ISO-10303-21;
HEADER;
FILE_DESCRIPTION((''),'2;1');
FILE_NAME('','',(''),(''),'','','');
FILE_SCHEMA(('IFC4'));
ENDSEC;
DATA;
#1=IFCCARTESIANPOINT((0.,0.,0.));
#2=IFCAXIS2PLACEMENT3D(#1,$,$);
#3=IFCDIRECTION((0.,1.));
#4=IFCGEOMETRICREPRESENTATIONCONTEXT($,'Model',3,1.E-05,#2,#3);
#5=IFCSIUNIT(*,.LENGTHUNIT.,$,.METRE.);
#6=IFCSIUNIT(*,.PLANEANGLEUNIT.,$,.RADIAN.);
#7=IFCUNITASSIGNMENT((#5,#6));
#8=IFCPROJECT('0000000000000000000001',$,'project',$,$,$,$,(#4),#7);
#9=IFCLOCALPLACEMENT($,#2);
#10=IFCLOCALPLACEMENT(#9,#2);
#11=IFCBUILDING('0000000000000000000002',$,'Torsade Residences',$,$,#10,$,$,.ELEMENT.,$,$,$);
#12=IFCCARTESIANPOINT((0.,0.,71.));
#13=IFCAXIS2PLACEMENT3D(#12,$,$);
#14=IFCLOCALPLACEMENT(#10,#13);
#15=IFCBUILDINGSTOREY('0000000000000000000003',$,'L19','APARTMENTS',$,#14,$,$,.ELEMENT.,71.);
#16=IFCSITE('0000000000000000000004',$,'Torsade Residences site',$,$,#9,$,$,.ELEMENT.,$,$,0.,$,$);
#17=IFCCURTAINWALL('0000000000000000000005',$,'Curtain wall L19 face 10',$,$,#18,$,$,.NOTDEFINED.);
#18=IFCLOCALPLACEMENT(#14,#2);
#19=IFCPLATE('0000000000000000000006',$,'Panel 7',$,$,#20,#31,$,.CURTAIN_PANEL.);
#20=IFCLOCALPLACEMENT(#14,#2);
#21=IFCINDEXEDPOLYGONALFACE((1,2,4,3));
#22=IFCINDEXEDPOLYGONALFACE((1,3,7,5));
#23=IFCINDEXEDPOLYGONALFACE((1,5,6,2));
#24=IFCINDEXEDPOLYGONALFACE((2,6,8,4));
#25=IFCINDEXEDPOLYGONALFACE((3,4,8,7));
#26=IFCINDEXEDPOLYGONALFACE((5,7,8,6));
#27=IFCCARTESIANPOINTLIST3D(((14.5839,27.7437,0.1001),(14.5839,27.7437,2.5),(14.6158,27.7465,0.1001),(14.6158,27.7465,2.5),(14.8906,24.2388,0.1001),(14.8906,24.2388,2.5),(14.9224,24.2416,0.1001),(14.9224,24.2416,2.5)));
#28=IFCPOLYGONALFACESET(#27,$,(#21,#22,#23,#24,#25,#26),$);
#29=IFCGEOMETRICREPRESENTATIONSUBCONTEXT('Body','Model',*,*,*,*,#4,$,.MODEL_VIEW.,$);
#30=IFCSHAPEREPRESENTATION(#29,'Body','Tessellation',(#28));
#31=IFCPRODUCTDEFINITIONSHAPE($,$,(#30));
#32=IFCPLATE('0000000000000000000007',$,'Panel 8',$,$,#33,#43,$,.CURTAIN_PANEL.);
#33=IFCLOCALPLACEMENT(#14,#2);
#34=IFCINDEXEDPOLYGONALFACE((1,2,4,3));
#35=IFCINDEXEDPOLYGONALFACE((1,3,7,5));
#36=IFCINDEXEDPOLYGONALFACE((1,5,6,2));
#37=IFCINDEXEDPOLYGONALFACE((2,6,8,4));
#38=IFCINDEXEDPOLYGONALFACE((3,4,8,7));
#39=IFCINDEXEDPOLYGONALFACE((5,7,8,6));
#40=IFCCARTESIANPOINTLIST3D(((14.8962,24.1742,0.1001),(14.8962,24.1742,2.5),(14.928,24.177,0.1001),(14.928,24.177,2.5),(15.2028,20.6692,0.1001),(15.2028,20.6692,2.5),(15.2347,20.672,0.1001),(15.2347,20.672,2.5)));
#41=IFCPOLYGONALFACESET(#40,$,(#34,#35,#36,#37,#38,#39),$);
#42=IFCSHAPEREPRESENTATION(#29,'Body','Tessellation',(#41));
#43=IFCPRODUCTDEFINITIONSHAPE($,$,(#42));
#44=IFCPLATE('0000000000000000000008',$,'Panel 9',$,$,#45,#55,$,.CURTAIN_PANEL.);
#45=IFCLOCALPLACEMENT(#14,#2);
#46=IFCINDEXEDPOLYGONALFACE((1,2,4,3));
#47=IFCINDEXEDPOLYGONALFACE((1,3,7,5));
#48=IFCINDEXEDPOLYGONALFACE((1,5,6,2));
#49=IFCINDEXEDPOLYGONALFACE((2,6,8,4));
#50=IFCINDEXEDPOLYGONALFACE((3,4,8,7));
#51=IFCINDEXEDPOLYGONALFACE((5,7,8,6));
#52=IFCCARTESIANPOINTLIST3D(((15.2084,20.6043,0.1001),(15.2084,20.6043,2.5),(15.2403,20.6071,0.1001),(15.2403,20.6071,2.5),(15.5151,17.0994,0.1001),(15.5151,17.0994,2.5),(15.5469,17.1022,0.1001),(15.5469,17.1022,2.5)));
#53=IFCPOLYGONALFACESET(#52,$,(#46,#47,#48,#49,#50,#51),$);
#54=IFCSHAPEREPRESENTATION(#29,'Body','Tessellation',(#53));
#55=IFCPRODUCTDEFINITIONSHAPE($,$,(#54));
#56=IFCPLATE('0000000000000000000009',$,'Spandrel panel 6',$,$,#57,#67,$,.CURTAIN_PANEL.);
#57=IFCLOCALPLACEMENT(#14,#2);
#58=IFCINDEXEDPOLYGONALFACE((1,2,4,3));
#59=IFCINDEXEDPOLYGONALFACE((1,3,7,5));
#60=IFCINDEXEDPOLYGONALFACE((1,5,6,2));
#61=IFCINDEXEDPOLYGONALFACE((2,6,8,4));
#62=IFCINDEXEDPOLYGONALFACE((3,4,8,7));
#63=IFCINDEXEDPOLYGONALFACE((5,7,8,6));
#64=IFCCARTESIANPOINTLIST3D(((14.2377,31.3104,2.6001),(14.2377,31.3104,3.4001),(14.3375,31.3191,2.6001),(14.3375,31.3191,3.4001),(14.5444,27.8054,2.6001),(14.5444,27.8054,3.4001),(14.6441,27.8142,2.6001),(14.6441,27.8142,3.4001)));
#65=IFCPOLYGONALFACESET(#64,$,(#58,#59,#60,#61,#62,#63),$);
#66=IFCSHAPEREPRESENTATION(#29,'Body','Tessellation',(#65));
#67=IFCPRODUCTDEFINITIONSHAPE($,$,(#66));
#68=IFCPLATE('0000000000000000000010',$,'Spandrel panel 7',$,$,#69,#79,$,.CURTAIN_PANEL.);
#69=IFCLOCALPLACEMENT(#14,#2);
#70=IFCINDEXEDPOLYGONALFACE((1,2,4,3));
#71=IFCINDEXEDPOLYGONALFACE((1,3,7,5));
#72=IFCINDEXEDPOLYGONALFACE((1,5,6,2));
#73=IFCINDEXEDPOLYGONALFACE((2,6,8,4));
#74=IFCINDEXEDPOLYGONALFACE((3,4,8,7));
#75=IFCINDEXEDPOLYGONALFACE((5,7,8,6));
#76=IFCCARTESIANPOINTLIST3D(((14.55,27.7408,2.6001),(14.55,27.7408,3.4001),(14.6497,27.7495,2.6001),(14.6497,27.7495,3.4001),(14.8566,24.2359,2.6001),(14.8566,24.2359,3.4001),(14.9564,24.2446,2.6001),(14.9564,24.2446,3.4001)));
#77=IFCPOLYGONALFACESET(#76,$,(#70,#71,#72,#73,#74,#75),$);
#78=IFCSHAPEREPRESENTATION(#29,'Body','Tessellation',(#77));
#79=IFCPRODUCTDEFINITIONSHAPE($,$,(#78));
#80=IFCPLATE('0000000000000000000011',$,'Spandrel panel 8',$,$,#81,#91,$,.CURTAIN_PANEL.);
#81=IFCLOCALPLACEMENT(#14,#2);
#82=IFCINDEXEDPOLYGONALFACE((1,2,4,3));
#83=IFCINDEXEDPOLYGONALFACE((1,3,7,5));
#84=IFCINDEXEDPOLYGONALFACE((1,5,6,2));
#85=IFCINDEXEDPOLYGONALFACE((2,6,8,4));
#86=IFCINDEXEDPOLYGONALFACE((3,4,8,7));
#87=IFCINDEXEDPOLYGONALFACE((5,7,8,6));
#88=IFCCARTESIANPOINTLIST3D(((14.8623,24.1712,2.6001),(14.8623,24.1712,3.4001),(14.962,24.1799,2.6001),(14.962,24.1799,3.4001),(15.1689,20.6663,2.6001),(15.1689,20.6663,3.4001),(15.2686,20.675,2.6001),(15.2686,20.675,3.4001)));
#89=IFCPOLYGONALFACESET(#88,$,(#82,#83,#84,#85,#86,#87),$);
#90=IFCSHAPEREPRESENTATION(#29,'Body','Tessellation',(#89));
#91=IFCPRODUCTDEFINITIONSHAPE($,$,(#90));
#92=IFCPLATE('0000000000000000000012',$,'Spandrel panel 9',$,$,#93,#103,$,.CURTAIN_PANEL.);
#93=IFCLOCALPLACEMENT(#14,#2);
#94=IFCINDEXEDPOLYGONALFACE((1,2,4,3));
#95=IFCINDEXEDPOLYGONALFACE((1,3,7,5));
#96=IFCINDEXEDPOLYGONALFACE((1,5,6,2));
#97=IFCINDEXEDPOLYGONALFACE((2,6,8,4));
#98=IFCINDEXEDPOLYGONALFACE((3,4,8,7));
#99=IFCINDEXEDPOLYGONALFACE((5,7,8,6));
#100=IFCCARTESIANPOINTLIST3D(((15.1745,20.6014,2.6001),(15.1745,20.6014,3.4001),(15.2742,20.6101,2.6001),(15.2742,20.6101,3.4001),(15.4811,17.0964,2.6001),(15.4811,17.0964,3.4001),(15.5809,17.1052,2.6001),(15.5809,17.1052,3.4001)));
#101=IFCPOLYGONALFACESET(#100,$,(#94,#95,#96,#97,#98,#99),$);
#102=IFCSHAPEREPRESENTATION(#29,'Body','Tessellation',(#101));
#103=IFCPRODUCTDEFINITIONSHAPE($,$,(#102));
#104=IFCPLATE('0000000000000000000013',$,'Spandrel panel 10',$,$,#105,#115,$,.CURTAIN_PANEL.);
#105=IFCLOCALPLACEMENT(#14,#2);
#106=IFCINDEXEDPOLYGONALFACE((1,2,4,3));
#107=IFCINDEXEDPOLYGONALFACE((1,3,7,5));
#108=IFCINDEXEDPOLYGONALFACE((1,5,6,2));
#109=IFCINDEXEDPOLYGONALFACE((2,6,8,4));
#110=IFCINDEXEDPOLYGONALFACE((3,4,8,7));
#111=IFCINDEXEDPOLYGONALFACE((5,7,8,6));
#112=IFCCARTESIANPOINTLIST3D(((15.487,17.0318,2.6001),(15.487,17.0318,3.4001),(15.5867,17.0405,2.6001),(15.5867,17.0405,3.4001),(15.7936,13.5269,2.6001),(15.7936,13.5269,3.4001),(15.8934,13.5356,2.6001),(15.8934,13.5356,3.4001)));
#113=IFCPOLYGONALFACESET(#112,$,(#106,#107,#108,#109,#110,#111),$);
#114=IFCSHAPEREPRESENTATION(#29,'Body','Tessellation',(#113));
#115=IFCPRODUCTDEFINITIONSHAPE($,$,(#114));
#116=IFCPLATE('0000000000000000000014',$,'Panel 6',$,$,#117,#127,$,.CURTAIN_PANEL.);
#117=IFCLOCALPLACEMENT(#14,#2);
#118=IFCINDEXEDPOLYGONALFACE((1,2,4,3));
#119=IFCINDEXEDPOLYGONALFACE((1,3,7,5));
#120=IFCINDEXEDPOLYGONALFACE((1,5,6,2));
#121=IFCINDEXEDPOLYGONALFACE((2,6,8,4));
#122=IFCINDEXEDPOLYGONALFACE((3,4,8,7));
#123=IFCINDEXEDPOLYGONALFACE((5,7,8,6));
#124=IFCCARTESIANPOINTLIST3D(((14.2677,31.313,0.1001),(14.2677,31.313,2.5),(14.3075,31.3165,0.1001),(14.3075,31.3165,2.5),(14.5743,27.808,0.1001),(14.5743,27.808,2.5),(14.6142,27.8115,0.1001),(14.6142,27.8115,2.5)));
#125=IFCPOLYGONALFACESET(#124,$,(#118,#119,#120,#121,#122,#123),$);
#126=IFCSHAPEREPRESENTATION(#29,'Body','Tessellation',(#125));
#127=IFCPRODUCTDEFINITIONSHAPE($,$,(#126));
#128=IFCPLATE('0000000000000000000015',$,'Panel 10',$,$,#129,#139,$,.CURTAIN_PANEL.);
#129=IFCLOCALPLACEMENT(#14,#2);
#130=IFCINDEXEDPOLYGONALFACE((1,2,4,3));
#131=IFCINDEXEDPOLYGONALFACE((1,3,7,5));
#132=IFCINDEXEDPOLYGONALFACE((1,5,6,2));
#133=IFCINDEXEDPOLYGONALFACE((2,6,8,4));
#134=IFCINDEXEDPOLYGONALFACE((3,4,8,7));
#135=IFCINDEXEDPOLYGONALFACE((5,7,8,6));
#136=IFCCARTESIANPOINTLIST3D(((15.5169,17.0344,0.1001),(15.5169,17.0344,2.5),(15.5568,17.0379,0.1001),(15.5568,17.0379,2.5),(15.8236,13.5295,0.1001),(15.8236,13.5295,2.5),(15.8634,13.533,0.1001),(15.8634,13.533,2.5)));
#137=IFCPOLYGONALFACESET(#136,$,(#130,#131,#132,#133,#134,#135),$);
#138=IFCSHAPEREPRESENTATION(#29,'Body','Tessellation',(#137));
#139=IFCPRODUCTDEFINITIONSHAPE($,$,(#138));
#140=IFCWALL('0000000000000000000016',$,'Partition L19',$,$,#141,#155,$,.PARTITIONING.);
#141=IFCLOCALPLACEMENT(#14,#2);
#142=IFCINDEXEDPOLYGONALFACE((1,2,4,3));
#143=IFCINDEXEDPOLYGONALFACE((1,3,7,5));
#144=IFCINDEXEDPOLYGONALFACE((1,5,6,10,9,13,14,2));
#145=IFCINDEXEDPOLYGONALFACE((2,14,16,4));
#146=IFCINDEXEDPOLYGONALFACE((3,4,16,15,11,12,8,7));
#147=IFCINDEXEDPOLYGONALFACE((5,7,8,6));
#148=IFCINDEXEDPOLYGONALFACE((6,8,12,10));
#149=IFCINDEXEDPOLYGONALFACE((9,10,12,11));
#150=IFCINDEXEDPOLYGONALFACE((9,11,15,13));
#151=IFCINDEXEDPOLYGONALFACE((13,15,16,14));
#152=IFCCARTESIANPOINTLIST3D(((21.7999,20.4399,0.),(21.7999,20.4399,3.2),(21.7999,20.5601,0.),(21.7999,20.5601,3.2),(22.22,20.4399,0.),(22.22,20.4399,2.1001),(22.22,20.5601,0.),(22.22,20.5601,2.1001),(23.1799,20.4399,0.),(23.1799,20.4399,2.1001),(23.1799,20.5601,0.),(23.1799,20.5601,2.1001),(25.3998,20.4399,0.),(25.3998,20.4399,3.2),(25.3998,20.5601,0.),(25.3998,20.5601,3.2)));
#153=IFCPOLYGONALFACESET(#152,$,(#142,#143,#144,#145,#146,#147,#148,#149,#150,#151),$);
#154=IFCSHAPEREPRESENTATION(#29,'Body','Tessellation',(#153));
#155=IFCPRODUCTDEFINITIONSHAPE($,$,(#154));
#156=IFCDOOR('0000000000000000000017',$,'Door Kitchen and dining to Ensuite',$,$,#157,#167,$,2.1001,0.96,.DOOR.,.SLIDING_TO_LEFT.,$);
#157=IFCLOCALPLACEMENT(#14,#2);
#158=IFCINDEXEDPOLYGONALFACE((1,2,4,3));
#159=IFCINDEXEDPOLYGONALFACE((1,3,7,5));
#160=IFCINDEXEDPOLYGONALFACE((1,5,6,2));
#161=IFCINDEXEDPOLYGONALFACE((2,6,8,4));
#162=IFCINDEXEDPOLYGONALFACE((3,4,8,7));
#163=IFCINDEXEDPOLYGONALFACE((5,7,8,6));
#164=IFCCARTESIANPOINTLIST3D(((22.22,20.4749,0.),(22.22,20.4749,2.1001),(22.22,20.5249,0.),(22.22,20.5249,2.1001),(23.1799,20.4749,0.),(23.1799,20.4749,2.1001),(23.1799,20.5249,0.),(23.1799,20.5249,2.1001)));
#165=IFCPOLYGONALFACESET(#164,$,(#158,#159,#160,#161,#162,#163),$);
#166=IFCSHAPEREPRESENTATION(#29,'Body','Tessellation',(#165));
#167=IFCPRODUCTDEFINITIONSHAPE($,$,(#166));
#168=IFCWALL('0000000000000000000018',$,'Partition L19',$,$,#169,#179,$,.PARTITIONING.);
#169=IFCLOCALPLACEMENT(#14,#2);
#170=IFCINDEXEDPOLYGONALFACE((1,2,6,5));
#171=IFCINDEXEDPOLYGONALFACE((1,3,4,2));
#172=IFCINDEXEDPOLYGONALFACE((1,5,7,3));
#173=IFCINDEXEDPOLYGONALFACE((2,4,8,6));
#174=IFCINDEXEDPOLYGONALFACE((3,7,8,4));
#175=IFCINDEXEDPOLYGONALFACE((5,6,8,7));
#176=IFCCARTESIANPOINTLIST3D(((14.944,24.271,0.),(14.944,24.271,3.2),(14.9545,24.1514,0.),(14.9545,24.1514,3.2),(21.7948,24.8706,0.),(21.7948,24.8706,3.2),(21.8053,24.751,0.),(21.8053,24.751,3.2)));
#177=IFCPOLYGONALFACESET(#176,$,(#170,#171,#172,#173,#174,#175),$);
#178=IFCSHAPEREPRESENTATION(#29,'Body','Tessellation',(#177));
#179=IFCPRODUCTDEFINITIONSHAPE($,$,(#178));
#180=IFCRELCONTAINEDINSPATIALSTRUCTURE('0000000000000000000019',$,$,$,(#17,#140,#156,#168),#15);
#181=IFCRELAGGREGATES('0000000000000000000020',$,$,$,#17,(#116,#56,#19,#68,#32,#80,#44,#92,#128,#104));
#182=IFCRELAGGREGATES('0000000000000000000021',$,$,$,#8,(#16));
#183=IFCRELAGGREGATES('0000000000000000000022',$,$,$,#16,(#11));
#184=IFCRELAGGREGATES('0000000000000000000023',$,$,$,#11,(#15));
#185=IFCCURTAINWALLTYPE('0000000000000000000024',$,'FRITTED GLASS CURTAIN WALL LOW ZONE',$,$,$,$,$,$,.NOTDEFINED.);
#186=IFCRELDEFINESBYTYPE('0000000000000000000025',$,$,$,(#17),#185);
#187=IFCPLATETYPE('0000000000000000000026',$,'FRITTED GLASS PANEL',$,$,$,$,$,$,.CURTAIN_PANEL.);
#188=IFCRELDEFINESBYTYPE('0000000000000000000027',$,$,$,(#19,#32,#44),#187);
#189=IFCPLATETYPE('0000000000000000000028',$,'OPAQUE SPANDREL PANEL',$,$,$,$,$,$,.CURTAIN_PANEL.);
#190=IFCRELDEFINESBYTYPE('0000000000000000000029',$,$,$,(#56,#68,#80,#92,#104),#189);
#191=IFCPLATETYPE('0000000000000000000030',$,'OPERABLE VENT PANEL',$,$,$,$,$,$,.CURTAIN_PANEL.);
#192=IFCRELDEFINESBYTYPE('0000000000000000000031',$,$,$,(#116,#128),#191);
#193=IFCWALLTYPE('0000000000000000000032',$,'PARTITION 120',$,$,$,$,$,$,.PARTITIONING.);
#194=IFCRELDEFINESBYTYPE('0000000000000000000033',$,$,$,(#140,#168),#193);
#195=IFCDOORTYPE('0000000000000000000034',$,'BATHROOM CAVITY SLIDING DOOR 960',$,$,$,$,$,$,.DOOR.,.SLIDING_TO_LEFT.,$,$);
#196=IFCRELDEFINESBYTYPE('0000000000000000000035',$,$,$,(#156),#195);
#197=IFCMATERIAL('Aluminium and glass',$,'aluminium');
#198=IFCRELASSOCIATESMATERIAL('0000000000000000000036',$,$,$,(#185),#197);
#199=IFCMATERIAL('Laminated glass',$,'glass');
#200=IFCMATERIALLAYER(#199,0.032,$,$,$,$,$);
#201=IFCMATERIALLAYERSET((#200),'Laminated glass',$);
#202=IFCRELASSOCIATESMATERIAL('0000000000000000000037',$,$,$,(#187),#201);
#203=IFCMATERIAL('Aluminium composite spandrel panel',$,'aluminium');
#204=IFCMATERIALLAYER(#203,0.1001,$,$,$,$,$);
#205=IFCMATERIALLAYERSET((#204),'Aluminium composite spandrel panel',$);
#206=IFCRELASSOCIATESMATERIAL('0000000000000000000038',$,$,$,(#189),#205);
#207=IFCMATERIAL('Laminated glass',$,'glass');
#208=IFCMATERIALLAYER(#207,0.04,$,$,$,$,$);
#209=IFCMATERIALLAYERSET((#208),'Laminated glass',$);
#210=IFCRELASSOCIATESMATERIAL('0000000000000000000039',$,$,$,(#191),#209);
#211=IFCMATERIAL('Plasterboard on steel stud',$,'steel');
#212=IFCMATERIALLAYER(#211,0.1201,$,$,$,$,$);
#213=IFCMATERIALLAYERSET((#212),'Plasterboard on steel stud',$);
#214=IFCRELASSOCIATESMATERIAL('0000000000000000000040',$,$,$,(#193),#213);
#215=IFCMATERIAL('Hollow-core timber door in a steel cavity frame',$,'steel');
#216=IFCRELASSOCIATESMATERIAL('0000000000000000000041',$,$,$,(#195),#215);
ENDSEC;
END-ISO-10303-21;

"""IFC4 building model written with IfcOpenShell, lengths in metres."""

from ifc_helpers import new_model, si_unit, direction, frame, frame_2d, origin, origin_2d, place, context, subcontext, project, spatial, rectangle, extrude, material, layer, layer_set, type_object, element, fill, aggregate, save


model = new_model("IFC4")

# Units and contexts
model_context = context("Model", 3, precision=1e-05, world=origin(), true_north=direction((0.0, 1.0)))
body_context = subcontext(model_context, "Body", "Model", "MODEL_VIEW")
ifc_project = project(units=[si_unit("LENGTHUNIT", "METRE"), si_unit("PLANEANGLEUNIT", "RADIAN")], contexts=[model_context])

# Site, building, storey
site_placement = place(None, origin())
site = spatial("IfcSite", under=ifc_project, at=site_placement, Name="Torsade Residences site", CompositionType="ELEMENT", RefElevation=0.0)
building_placement = place(site_placement, origin())
building = spatial("IfcBuilding", under=site, at=building_placement, Name="Torsade Residences", CompositionType="ELEMENT")
storey_placement = place(building_placement, frame((0.0, 0.0, 71.0)))
storey = spatial("IfcBuildingStorey", under=building, at=storey_placement, Name="L19", Description="APARTMENTS", CompositionType="ELEMENT", Elevation=71.0)

# Curtain wall
ifc_material_1 = material(Name="Aluminium and glass", Category="aluminium")
curtain_wall_type = type_object("IfcCurtainWallType", Name="FRITTED GLASS CURTAIN WALL LOW ZONE", PredefinedType="NOTDEFINED", material=ifc_material_1)
curtain_wall_placement = place(storey_placement, origin())
curtain_wall = element("IfcCurtainWall", 1, at=curtain_wall_placement, inside=storey, type_object=curtain_wall_type, Name="Curtain wall L19 face 10", PredefinedType="NOTDEFINED")

# Plates
ifc_material_2 = material(Name="Laminated glass", Category="glass")
ifc_layer_1 = layer(ifc_material_2, 0.032)
ifc_layer_set_1 = layer_set([ifc_layer_1], Name="Laminated glass")
plate_type_1 = type_object("IfcPlateType", Name="FRITTED GLASS PANEL", PredefinedType="CURTAIN_PANEL", material=ifc_layer_set_1)
plate_1_placement = place(storey_placement, frame((14.7532, 25.9927, 0.1001), z_axis=(0.0, 0.0, 1.0), x_axis=(0.087156, -0.996195, 0.0)))
plate_1 = element("IfcPlate", 2, at=plate_1_placement, type_object=plate_type_1, Name="Panel 7", PredefinedType="CURTAIN_PANEL", context=body_context, shape_type="SweptSolid", body=[
    extrude(rectangle(XDim=3.5183, YDim=0.032, at=origin_2d()), origin(), (0.0, 0.0, 1.0), 2.3999),
])
plate_2_placement = place(storey_placement, frame((15.0654, 22.4231, 0.1001), z_axis=(0.0, 0.0, 1.0), x_axis=(0.087156, -0.996195, 0.0)))
plate_2 = element("IfcPlate", 3, at=plate_2_placement, type_object=plate_type_1, Name="Panel 8", PredefinedType="CURTAIN_PANEL", context=body_context, shape_type="SweptSolid", body=[
    extrude(rectangle(XDim=3.5183, YDim=0.032, at=origin_2d()), origin(), (0.0, 0.0, 1.0), 2.3999),
])
plate_3_placement = place(storey_placement, frame((15.3777, 18.8533, 0.1001), z_axis=(0.0, 0.0, 1.0), x_axis=(0.087156, -0.996195, 0.0)))
plate_3 = element("IfcPlate", 4, at=plate_3_placement, type_object=plate_type_1, Name="Panel 9", PredefinedType="CURTAIN_PANEL", context=body_context, shape_type="SweptSolid", body=[
    extrude(rectangle(XDim=3.5183, YDim=0.032, at=origin_2d()), origin(), (0.0, 0.0, 1.0), 2.3999),
])
ifc_material_3 = material(Name="Aluminium composite spandrel panel", Category="aluminium")
ifc_layer_2 = layer(ifc_material_3, 0.1001)
ifc_layer_set_2 = layer_set([ifc_layer_2], Name="Aluminium composite spandrel panel")
plate_type_2 = type_object("IfcPlateType", Name="OPAQUE SPANDREL PANEL", PredefinedType="CURTAIN_PANEL", material=ifc_layer_set_2)
plate_4_placement = place(storey_placement, frame((14.4409, 29.5623, 2.6001), z_axis=(0.0, 0.0, 1.0), x_axis=(0.087156, -0.996195, 0.0)))
plate_4 = element("IfcPlate", 5, at=plate_4_placement, type_object=plate_type_2, Name="Spandrel panel 6", PredefinedType="CURTAIN_PANEL", context=body_context, shape_type="SweptSolid", body=[
    extrude(rectangle(XDim=3.5183, YDim=0.1001, at=origin_2d()), origin(), (0.0, 0.0, 1.0), 0.8),
])
plate_5_placement = place(storey_placement, frame((14.7532, 25.9927, 2.6001), z_axis=(0.0, 0.0, 1.0), x_axis=(0.087156, -0.996195, 0.0)))
plate_5 = element("IfcPlate", 6, at=plate_5_placement, type_object=plate_type_2, Name="Spandrel panel 7", PredefinedType="CURTAIN_PANEL", context=body_context, shape_type="SweptSolid", body=[
    extrude(rectangle(XDim=3.5183, YDim=0.1001, at=origin_2d()), origin(), (0.0, 0.0, 1.0), 0.8),
])
plate_6_placement = place(storey_placement, frame((15.0654, 22.4231, 2.6001), z_axis=(0.0, 0.0, 1.0), x_axis=(0.087156, -0.996195, 0.0)))
plate_6 = element("IfcPlate", 7, at=plate_6_placement, type_object=plate_type_2, Name="Spandrel panel 8", PredefinedType="CURTAIN_PANEL", context=body_context, shape_type="SweptSolid", body=[
    extrude(rectangle(XDim=3.5183, YDim=0.1001, at=origin_2d()), origin(), (0.0, 0.0, 1.0), 0.8),
])
plate_7_placement = place(storey_placement, frame((15.3777, 18.8533, 2.6001), z_axis=(0.0, 0.0, 1.0), x_axis=(0.087156, -0.996195, 0.0)))
plate_7 = element("IfcPlate", 8, at=plate_7_placement, type_object=plate_type_2, Name="Spandrel panel 9", PredefinedType="CURTAIN_PANEL", context=body_context, shape_type="SweptSolid", body=[
    extrude(rectangle(XDim=3.5183, YDim=0.1001, at=origin_2d()), origin(), (0.0, 0.0, 1.0), 0.8),
])
plate_8_placement = place(storey_placement, frame((15.6902, 15.2837, 2.6001), z_axis=(0.0, 0.0, 1.0), x_axis=(0.087156, -0.996195, 0.0)))
plate_8 = element("IfcPlate", 9, at=plate_8_placement, type_object=plate_type_2, Name="Spandrel panel 10", PredefinedType="CURTAIN_PANEL", context=body_context, shape_type="SweptSolid", body=[
    extrude(rectangle(XDim=3.5183, YDim=0.1001, at=origin_2d()), origin(), (0.0, 0.0, 1.0), 0.8),
])
ifc_material_4 = material(Name="Laminated glass", Category="glass")
ifc_layer_3 = layer(ifc_material_4, 0.04)
ifc_layer_set_3 = layer_set([ifc_layer_3], Name="Laminated glass")
plate_type_3 = type_object("IfcPlateType", Name="OPERABLE VENT PANEL", PredefinedType="CURTAIN_PANEL", material=ifc_layer_set_3)
plate_9_placement = place(storey_placement, frame((14.4409, 29.5623, 0.1001), z_axis=(0.0, 0.0, 1.0), x_axis=(0.087156, -0.996195, 0.0)))
plate_9 = element("IfcPlate", 10, at=plate_9_placement, type_object=plate_type_3, Name="Panel 6", PredefinedType="CURTAIN_PANEL", context=body_context, shape_type="SweptSolid", body=[
    extrude(rectangle(XDim=3.5183, YDim=0.04, at=origin_2d()), origin(), (0.0, 0.0, 1.0), 2.3999),
])
plate_10_placement = place(storey_placement, frame((15.6902, 15.2837, 0.1001), z_axis=(0.0, 0.0, 1.0), x_axis=(0.087156, -0.996195, 0.0)))
plate_10 = element("IfcPlate", 11, at=plate_10_placement, type_object=plate_type_3, Name="Panel 10", PredefinedType="CURTAIN_PANEL", context=body_context, shape_type="SweptSolid", body=[
    extrude(rectangle(XDim=3.5183, YDim=0.04, at=origin_2d()), origin(), (0.0, 0.0, 1.0), 2.3999),
])
aggregate(curtain_wall, [plate_9, plate_4, plate_1, plate_5, plate_2, plate_6, plate_3, plate_7, plate_10, plate_8])

# Wall, opening, door
ifc_material_5 = material(Name="Plasterboard on steel stud", Category="steel")
ifc_layer_4 = layer(ifc_material_5, 0.1201)
ifc_layer_set_4 = layer_set([ifc_layer_4], Name="Plasterboard on steel stud")
wall_type_1 = type_object("IfcWallType", Name="PARTITION 120", PredefinedType="PARTITIONING", material=ifc_layer_set_4)
wall_1_placement = place(storey_placement, frame((21.8, 20.5, 0.0), z_axis=(0.0, 0.0, 1.0), x_axis=(1.0, 0.0, 0.0)))
wall_1 = element("IfcWall", 12, at=wall_1_placement, inside=storey, type_object=wall_type_1, Name="Partition L19", PredefinedType="PARTITIONING", context=body_context, shape_type="SweptSolid", body=[
    extrude(rectangle(XDim=3.5999, YDim=0.1201, at=frame_2d((1.7998, 0.0))), origin(), (0.0, 0.0, 1.0), 3.2),
])
opening_placement = place(wall_1_placement, frame((0.4199, 0.0, 0.0)))
opening = element("IfcOpeningElement", 13, at=opening_placement, cuts=wall_1, PredefinedType="OPENING", context=body_context, shape_type="SweptSolid", body=[
    extrude(rectangle(XDim=0.96, YDim=2.1001, at=frame_2d((0.48, 1.05))), frame((0.0, 0.0701, 0.0), z_axis=(0.0, -1.0, 0.0), x_axis=(1.0, 0.0, 0.0)), (0.0, 0.0, 1.0), 0.1401),
])
ifc_material_6 = material(Name="Hollow-core timber door in a steel cavity frame", Category="steel")
door_type = type_object("IfcDoorType", Name="BATHROOM CAVITY SLIDING DOOR 960", OperationType="SLIDING_TO_LEFT", PredefinedType="DOOR", material=ifc_material_6)
door_placement = place(opening_placement, origin())
door = element("IfcDoor", 14, at=door_placement, inside=storey, type_object=door_type, Name="Door Kitchen and dining to Ensuite", OperationType="SLIDING_TO_LEFT", OverallHeight=2.1001, OverallWidth=0.96, PredefinedType="DOOR", context=body_context, shape_type="SweptSolid", body=[
    extrude(rectangle(XDim=0.96, YDim=2.1001, at=frame_2d((0.48, 1.05))), frame((0.0, 0.0249, 0.0), z_axis=(0.0, -1.0, 0.0), x_axis=(1.0, 0.0, 0.0)), (0.0, 0.0, 1.0), 0.05),
])
fill(opening, door)

# Wall
wall_2_placement = place(storey_placement, frame((21.8, 24.8108, 0.0), z_axis=(0.0, 0.0, 1.0), x_axis=(-0.996192, -0.08719, 0.0)))
element("IfcWall", 15, at=wall_2_placement, inside=storey, type_object=wall_type_1, Name="Partition L19", PredefinedType="PARTITIONING", context=body_context, shape_type="SweptSolid", body=[
    extrude(rectangle(XDim=6.877, YDim=0.1201, at=frame_2d((3.4385, 0.0))), origin(), (0.0, 0.0, 1.0), 3.2),
])

save(model, "model.ifc")
